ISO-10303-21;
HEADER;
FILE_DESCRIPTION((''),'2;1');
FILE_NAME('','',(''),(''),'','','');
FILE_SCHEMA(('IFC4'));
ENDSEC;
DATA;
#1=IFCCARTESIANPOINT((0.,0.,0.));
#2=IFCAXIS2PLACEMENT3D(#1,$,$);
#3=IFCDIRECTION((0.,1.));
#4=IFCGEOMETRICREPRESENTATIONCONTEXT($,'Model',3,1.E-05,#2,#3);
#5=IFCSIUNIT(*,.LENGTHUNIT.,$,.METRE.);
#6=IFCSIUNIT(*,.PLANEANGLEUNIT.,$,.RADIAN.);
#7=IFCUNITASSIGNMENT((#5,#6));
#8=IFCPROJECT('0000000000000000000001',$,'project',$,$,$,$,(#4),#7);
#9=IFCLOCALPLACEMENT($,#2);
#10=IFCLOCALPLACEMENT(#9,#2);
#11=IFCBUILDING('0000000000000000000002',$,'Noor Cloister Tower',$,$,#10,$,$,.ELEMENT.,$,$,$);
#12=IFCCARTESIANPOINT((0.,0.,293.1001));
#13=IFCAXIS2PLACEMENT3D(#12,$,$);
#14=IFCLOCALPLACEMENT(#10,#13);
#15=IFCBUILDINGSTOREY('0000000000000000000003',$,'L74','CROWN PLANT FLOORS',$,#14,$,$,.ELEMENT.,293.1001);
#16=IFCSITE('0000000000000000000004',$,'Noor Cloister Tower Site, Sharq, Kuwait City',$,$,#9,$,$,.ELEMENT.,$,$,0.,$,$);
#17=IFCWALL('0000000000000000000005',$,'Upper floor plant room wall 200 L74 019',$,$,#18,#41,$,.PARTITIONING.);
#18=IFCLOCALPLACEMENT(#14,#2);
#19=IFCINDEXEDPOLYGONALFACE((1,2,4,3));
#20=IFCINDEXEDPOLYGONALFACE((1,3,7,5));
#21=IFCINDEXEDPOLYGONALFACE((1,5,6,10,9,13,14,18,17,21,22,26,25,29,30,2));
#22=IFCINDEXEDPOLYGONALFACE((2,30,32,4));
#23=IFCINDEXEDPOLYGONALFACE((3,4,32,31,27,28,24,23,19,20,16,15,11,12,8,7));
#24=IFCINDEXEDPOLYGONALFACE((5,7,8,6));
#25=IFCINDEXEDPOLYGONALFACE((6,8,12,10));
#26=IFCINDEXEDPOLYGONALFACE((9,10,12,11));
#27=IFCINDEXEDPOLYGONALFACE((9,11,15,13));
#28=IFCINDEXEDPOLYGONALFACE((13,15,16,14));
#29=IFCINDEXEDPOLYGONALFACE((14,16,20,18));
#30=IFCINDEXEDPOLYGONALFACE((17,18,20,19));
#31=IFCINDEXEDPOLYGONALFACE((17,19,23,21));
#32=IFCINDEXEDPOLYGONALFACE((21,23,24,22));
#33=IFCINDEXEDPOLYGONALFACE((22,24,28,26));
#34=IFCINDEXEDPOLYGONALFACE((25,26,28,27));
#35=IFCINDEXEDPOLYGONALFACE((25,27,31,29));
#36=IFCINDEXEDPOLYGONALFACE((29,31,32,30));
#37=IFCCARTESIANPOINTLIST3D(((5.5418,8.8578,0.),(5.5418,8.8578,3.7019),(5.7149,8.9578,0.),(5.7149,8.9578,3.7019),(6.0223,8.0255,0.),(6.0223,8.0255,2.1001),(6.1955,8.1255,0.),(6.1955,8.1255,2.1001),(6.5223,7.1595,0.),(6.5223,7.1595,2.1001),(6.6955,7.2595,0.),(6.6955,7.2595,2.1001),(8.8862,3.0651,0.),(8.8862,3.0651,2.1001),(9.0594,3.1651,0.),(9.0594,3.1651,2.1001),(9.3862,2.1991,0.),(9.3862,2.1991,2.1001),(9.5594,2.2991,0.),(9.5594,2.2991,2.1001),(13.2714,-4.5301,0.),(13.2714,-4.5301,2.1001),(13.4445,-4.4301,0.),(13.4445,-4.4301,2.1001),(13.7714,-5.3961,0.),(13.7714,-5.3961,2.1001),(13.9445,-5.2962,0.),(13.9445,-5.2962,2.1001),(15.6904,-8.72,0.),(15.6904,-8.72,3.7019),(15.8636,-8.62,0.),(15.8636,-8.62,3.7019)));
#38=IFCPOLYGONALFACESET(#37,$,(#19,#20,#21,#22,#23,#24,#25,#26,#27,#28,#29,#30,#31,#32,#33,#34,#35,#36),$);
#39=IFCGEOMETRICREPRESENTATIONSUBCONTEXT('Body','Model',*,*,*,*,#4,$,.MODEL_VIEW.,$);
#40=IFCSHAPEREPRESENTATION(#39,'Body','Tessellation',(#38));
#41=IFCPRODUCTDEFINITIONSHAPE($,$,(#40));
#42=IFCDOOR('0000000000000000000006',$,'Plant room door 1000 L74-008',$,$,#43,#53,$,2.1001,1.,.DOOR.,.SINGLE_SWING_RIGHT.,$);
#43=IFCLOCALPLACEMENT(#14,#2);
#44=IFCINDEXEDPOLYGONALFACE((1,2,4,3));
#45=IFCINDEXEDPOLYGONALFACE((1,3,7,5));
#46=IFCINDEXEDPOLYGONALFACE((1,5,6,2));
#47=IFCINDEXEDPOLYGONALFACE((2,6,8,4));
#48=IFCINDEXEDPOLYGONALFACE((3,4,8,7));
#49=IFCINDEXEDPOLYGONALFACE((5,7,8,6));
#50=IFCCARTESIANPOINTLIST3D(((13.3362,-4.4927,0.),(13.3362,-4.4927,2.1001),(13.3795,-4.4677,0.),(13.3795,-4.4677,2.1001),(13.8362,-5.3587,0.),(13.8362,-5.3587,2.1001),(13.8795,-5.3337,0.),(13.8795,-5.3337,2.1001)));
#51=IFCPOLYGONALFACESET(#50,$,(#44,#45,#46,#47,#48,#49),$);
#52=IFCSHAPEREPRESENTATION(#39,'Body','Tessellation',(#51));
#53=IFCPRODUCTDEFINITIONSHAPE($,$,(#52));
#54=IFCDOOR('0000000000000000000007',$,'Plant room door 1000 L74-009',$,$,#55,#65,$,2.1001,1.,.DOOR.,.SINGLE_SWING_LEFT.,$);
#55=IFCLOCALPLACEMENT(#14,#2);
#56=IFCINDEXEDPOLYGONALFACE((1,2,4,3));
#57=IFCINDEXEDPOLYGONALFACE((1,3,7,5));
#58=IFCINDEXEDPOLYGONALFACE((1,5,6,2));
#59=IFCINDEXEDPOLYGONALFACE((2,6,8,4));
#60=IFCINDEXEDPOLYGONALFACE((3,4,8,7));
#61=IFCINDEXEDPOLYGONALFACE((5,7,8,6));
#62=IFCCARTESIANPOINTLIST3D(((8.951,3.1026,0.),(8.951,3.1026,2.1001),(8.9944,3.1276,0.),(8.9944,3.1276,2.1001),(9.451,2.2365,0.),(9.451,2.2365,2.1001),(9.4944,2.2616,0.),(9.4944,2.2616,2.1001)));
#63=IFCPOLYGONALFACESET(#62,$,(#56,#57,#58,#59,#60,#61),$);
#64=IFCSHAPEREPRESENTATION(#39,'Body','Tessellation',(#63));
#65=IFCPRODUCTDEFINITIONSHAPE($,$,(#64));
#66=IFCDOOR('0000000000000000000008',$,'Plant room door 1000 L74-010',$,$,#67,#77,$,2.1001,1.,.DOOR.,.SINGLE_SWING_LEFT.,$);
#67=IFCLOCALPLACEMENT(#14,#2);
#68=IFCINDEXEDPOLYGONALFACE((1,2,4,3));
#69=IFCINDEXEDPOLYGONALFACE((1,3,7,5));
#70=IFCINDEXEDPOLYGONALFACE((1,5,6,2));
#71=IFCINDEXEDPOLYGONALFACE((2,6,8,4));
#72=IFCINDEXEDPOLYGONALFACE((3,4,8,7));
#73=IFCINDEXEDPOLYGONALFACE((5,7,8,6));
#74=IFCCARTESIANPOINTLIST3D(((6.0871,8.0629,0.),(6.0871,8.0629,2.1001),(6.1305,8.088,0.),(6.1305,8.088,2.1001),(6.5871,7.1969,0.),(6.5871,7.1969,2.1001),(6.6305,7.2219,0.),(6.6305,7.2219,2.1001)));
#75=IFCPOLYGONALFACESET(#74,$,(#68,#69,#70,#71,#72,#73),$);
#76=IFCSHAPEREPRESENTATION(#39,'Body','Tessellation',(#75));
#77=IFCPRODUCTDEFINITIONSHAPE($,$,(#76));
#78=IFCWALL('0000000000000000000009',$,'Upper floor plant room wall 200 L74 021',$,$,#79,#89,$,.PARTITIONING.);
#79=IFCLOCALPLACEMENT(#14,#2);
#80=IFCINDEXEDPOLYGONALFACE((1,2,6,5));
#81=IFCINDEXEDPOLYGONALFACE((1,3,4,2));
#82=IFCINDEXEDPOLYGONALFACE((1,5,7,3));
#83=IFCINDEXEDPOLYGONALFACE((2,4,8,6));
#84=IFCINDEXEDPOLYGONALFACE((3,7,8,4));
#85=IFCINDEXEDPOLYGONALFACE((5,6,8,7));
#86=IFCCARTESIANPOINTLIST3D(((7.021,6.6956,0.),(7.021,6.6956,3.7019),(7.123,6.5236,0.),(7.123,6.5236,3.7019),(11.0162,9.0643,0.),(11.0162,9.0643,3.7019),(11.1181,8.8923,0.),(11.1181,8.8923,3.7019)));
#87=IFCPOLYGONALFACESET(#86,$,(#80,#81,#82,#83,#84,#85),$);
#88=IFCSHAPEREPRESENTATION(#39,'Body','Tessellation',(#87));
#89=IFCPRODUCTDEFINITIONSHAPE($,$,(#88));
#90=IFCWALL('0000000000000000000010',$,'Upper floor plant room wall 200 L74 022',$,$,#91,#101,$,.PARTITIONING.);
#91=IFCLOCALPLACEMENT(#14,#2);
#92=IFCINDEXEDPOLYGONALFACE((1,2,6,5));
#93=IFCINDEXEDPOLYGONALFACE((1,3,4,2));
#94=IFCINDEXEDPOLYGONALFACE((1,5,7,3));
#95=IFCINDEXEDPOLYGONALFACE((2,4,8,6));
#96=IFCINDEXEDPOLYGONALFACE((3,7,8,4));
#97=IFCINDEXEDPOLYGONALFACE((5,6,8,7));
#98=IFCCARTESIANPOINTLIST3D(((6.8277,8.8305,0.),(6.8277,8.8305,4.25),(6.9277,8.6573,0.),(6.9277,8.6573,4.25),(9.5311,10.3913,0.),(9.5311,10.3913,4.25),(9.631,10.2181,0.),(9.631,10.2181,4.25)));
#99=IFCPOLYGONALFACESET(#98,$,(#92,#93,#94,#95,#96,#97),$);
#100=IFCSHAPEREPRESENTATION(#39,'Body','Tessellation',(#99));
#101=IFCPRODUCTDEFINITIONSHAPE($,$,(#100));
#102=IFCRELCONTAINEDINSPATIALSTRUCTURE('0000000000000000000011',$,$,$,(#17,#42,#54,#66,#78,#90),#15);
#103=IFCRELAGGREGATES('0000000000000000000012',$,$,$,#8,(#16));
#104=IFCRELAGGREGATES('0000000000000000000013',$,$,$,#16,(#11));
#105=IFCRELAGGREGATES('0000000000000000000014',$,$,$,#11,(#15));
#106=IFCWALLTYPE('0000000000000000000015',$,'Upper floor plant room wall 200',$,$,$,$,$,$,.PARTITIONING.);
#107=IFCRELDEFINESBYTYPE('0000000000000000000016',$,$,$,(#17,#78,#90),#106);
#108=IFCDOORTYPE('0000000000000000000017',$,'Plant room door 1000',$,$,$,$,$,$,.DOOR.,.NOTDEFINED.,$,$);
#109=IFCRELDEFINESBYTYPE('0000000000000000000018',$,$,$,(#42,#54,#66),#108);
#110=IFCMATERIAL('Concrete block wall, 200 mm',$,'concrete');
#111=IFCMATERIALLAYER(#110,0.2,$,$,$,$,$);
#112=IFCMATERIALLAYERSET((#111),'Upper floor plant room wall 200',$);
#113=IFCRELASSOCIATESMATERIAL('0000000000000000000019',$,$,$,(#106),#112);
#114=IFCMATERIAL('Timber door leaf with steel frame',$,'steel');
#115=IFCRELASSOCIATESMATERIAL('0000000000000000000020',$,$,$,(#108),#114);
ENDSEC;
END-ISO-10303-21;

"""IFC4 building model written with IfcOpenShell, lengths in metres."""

from ifc_helpers import new_model, si_unit, direction, frame, frame_2d, origin, place, context, subcontext, project, spatial, rectangle, extrude, material, layer, layer_set, type_object, element, fill, save


model = new_model("IFC4")

# Units and contexts
model_context = context("Model", 3, precision=1e-05, world=origin(), true_north=direction((0.0, 1.0)))
body_context = subcontext(model_context, "Body", "Model", "MODEL_VIEW")
ifc_project = project(units=[si_unit("LENGTHUNIT", "METRE"), si_unit("PLANEANGLEUNIT", "RADIAN")], contexts=[model_context])

# Site, building, storey
site_placement = place(None, origin())
site = spatial("IfcSite", under=ifc_project, at=site_placement, Name="Noor Cloister Tower Site, Sharq, Kuwait City", CompositionType="ELEMENT", RefElevation=0.0)
building_placement = place(site_placement, origin())
building = spatial("IfcBuilding", under=site, at=building_placement, Name="Noor Cloister Tower", CompositionType="ELEMENT")
storey_placement = place(building_placement, frame((0.0, 0.0, 293.1001)))
storey = spatial("IfcBuildingStorey", under=building, at=storey_placement, Name="L74", Description="CROWN PLANT FLOORS", CompositionType="ELEMENT", Elevation=293.1001)

# Shared definitions
ifc_material_1 = material(Name="Concrete block wall, 200 mm", Category="concrete")
ifc_layer_1 = layer(ifc_material_1, 0.2)
ifc_layer_set_1 = layer_set([ifc_layer_1], Name="Upper floor plant room wall 200")
wall_type_1 = type_object("IfcWallType", Name="Upper floor plant room wall 200", PredefinedType="PARTITIONING", material=ifc_layer_set_1)

# Wall, openings, doors
wall_1_placement = place(storey_placement, frame((5.6284, 8.9077, 0.0), z_axis=(0.0, 0.0, 1.0), x_axis=(0.500003, -0.866024, 0.0)))
wall_1 = element("IfcWall", 1, at=wall_1_placement, inside=storey, type_object=wall_type_1, Name="Upper floor plant room wall 200 L74 019", PredefinedType="PARTITIONING", context=body_context, shape_type="SweptSolid", body=[
    extrude(rectangle(XDim=20.2971, YDim=0.2, at=frame_2d((10.1484, 0.0))), origin(), (0.0, 0.0, 1.0), 3.7019),
])
opening_1_placement = place(wall_1_placement, frame((15.459, 0.0, 0.0)))
opening_1 = element("IfcOpeningElement", 2, at=opening_1_placement, cuts=wall_1, PredefinedType="OPENING", context=body_context, shape_type="SweptSolid", body=[
    extrude(rectangle(XDim=1.0, YDim=2.1001, at=frame_2d((0.5, 1.05))), frame((0.0, 0.1099, 0.0), z_axis=(0.0, -1.0, 0.0), x_axis=(1.0, 0.0, 0.0)), (0.0, 0.0, 1.0), 0.22),
])
opening_2_placement = place(wall_1_placement, frame((6.6887, 0.0, 0.0)))
opening_2 = element("IfcOpeningElement", 3, at=opening_2_placement, cuts=wall_1, PredefinedType="OPENING", context=body_context, shape_type="SweptSolid", body=[
    extrude(rectangle(XDim=1.0, YDim=2.1001, at=frame_2d((0.5, 1.05))), frame((0.0, 0.1099, 0.0), z_axis=(0.0, -1.0, 0.0), x_axis=(1.0, 0.0, 0.0)), (0.0, 0.0, 1.0), 0.22),
])
opening_3_placement = place(wall_1_placement, frame((0.9609, 0.0, 0.0)))
opening_3 = element("IfcOpeningElement", 4, at=opening_3_placement, cuts=wall_1, PredefinedType="OPENING", context=body_context, shape_type="SweptSolid", body=[
    extrude(rectangle(XDim=1.0, YDim=2.1001, at=frame_2d((0.5, 1.05))), frame((0.0, 0.1099, 0.0), z_axis=(0.0, -1.0, 0.0), x_axis=(1.0, 0.0, 0.0)), (0.0, 0.0, 1.0), 0.22),
])
ifc_material_2 = material(Name="Timber door leaf with steel frame", Category="steel")
door_type_1 = type_object("IfcDoorType", Name="Plant room door 1000", OperationType="NOTDEFINED", PredefinedType="DOOR", material=ifc_material_2)
door_1_placement = place(opening_1_placement, origin())
door_1 = element("IfcDoor", 5, at=door_1_placement, inside=storey, type_object=door_type_1, Name="Plant room door 1000 L74-008", OperationType="SINGLE_SWING_RIGHT", OverallHeight=2.1001, OverallWidth=1.0, PredefinedType="DOOR", context=body_context, shape_type="SweptSolid", body=[
    extrude(rectangle(XDim=1.0, YDim=2.1001, at=frame_2d((0.5, 1.05))), frame((0.0, 0.0249, 0.0), z_axis=(0.0, -1.0, 0.0), x_axis=(1.0, 0.0, 0.0)), (0.0, 0.0, 1.0), 0.05),
])
fill(opening_1, door_1)
door_2_placement = place(opening_2_placement, origin())
door_2 = element("IfcDoor", 6, at=door_2_placement, inside=storey, type_object=door_type_1, Name="Plant room door 1000 L74-009", OperationType="SINGLE_SWING_LEFT", OverallHeight=2.1001, OverallWidth=1.0, PredefinedType="DOOR", context=body_context, shape_type="SweptSolid", body=[
    extrude(rectangle(XDim=1.0, YDim=2.1001, at=frame_2d((0.5, 1.05))), frame((0.0, 0.0249, 0.0), z_axis=(0.0, -1.0, 0.0), x_axis=(1.0, 0.0, 0.0)), (0.0, 0.0, 1.0), 0.05),
])
fill(opening_2, door_2)
door_3_placement = place(opening_3_placement, origin())
door_3 = element("IfcDoor", 7, at=door_3_placement, inside=storey, type_object=door_type_1, Name="Plant room door 1000 L74-010", OperationType="SINGLE_SWING_LEFT", OverallHeight=2.1001, OverallWidth=1.0, PredefinedType="DOOR", context=body_context, shape_type="SweptSolid", body=[
    extrude(rectangle(XDim=1.0, YDim=2.1001, at=frame_2d((0.5, 1.05))), frame((0.0, 0.0249, 0.0), z_axis=(0.0, -1.0, 0.0), x_axis=(1.0, 0.0, 0.0)), (0.0, 0.0, 1.0), 0.05),
])
fill(opening_3, door_3)

# Walls
wall_2_placement = place(storey_placement, frame((7.072, 6.6096, 0.0), z_axis=(0.0, 0.0, 1.0), x_axis=(0.860181, 0.50999, 0.0)))
element("IfcWall", 8, at=wall_2_placement, inside=storey, type_object=wall_type_1, Name="Upper floor plant room wall 200 L74 021", PredefinedType="PARTITIONING", context=body_context, shape_type="SweptSolid", body=[
    extrude(rectangle(XDim=4.6445, YDim=0.2, at=frame_2d((2.3223, 0.0))), origin(), (0.0, 0.0, 1.0), 3.7019),
])
wall_3_placement = place(storey_placement, frame((6.8777, 8.7439, 0.0), z_axis=(0.0, 0.0, 1.0), x_axis=(0.866025, 0.5, 0.0)))
element("IfcWall", 9, at=wall_3_placement, inside=storey, type_object=wall_type_1, Name="Upper floor plant room wall 200 L74 022", PredefinedType="PARTITIONING", context=body_context, shape_type="SweptSolid", body=[
    extrude(rectangle(XDim=3.1216, YDim=0.2, at=frame_2d((1.5608, 0.0))), origin(), (0.0, 0.0, 1.0), 4.25),
])

save(model, "model.ifc")
